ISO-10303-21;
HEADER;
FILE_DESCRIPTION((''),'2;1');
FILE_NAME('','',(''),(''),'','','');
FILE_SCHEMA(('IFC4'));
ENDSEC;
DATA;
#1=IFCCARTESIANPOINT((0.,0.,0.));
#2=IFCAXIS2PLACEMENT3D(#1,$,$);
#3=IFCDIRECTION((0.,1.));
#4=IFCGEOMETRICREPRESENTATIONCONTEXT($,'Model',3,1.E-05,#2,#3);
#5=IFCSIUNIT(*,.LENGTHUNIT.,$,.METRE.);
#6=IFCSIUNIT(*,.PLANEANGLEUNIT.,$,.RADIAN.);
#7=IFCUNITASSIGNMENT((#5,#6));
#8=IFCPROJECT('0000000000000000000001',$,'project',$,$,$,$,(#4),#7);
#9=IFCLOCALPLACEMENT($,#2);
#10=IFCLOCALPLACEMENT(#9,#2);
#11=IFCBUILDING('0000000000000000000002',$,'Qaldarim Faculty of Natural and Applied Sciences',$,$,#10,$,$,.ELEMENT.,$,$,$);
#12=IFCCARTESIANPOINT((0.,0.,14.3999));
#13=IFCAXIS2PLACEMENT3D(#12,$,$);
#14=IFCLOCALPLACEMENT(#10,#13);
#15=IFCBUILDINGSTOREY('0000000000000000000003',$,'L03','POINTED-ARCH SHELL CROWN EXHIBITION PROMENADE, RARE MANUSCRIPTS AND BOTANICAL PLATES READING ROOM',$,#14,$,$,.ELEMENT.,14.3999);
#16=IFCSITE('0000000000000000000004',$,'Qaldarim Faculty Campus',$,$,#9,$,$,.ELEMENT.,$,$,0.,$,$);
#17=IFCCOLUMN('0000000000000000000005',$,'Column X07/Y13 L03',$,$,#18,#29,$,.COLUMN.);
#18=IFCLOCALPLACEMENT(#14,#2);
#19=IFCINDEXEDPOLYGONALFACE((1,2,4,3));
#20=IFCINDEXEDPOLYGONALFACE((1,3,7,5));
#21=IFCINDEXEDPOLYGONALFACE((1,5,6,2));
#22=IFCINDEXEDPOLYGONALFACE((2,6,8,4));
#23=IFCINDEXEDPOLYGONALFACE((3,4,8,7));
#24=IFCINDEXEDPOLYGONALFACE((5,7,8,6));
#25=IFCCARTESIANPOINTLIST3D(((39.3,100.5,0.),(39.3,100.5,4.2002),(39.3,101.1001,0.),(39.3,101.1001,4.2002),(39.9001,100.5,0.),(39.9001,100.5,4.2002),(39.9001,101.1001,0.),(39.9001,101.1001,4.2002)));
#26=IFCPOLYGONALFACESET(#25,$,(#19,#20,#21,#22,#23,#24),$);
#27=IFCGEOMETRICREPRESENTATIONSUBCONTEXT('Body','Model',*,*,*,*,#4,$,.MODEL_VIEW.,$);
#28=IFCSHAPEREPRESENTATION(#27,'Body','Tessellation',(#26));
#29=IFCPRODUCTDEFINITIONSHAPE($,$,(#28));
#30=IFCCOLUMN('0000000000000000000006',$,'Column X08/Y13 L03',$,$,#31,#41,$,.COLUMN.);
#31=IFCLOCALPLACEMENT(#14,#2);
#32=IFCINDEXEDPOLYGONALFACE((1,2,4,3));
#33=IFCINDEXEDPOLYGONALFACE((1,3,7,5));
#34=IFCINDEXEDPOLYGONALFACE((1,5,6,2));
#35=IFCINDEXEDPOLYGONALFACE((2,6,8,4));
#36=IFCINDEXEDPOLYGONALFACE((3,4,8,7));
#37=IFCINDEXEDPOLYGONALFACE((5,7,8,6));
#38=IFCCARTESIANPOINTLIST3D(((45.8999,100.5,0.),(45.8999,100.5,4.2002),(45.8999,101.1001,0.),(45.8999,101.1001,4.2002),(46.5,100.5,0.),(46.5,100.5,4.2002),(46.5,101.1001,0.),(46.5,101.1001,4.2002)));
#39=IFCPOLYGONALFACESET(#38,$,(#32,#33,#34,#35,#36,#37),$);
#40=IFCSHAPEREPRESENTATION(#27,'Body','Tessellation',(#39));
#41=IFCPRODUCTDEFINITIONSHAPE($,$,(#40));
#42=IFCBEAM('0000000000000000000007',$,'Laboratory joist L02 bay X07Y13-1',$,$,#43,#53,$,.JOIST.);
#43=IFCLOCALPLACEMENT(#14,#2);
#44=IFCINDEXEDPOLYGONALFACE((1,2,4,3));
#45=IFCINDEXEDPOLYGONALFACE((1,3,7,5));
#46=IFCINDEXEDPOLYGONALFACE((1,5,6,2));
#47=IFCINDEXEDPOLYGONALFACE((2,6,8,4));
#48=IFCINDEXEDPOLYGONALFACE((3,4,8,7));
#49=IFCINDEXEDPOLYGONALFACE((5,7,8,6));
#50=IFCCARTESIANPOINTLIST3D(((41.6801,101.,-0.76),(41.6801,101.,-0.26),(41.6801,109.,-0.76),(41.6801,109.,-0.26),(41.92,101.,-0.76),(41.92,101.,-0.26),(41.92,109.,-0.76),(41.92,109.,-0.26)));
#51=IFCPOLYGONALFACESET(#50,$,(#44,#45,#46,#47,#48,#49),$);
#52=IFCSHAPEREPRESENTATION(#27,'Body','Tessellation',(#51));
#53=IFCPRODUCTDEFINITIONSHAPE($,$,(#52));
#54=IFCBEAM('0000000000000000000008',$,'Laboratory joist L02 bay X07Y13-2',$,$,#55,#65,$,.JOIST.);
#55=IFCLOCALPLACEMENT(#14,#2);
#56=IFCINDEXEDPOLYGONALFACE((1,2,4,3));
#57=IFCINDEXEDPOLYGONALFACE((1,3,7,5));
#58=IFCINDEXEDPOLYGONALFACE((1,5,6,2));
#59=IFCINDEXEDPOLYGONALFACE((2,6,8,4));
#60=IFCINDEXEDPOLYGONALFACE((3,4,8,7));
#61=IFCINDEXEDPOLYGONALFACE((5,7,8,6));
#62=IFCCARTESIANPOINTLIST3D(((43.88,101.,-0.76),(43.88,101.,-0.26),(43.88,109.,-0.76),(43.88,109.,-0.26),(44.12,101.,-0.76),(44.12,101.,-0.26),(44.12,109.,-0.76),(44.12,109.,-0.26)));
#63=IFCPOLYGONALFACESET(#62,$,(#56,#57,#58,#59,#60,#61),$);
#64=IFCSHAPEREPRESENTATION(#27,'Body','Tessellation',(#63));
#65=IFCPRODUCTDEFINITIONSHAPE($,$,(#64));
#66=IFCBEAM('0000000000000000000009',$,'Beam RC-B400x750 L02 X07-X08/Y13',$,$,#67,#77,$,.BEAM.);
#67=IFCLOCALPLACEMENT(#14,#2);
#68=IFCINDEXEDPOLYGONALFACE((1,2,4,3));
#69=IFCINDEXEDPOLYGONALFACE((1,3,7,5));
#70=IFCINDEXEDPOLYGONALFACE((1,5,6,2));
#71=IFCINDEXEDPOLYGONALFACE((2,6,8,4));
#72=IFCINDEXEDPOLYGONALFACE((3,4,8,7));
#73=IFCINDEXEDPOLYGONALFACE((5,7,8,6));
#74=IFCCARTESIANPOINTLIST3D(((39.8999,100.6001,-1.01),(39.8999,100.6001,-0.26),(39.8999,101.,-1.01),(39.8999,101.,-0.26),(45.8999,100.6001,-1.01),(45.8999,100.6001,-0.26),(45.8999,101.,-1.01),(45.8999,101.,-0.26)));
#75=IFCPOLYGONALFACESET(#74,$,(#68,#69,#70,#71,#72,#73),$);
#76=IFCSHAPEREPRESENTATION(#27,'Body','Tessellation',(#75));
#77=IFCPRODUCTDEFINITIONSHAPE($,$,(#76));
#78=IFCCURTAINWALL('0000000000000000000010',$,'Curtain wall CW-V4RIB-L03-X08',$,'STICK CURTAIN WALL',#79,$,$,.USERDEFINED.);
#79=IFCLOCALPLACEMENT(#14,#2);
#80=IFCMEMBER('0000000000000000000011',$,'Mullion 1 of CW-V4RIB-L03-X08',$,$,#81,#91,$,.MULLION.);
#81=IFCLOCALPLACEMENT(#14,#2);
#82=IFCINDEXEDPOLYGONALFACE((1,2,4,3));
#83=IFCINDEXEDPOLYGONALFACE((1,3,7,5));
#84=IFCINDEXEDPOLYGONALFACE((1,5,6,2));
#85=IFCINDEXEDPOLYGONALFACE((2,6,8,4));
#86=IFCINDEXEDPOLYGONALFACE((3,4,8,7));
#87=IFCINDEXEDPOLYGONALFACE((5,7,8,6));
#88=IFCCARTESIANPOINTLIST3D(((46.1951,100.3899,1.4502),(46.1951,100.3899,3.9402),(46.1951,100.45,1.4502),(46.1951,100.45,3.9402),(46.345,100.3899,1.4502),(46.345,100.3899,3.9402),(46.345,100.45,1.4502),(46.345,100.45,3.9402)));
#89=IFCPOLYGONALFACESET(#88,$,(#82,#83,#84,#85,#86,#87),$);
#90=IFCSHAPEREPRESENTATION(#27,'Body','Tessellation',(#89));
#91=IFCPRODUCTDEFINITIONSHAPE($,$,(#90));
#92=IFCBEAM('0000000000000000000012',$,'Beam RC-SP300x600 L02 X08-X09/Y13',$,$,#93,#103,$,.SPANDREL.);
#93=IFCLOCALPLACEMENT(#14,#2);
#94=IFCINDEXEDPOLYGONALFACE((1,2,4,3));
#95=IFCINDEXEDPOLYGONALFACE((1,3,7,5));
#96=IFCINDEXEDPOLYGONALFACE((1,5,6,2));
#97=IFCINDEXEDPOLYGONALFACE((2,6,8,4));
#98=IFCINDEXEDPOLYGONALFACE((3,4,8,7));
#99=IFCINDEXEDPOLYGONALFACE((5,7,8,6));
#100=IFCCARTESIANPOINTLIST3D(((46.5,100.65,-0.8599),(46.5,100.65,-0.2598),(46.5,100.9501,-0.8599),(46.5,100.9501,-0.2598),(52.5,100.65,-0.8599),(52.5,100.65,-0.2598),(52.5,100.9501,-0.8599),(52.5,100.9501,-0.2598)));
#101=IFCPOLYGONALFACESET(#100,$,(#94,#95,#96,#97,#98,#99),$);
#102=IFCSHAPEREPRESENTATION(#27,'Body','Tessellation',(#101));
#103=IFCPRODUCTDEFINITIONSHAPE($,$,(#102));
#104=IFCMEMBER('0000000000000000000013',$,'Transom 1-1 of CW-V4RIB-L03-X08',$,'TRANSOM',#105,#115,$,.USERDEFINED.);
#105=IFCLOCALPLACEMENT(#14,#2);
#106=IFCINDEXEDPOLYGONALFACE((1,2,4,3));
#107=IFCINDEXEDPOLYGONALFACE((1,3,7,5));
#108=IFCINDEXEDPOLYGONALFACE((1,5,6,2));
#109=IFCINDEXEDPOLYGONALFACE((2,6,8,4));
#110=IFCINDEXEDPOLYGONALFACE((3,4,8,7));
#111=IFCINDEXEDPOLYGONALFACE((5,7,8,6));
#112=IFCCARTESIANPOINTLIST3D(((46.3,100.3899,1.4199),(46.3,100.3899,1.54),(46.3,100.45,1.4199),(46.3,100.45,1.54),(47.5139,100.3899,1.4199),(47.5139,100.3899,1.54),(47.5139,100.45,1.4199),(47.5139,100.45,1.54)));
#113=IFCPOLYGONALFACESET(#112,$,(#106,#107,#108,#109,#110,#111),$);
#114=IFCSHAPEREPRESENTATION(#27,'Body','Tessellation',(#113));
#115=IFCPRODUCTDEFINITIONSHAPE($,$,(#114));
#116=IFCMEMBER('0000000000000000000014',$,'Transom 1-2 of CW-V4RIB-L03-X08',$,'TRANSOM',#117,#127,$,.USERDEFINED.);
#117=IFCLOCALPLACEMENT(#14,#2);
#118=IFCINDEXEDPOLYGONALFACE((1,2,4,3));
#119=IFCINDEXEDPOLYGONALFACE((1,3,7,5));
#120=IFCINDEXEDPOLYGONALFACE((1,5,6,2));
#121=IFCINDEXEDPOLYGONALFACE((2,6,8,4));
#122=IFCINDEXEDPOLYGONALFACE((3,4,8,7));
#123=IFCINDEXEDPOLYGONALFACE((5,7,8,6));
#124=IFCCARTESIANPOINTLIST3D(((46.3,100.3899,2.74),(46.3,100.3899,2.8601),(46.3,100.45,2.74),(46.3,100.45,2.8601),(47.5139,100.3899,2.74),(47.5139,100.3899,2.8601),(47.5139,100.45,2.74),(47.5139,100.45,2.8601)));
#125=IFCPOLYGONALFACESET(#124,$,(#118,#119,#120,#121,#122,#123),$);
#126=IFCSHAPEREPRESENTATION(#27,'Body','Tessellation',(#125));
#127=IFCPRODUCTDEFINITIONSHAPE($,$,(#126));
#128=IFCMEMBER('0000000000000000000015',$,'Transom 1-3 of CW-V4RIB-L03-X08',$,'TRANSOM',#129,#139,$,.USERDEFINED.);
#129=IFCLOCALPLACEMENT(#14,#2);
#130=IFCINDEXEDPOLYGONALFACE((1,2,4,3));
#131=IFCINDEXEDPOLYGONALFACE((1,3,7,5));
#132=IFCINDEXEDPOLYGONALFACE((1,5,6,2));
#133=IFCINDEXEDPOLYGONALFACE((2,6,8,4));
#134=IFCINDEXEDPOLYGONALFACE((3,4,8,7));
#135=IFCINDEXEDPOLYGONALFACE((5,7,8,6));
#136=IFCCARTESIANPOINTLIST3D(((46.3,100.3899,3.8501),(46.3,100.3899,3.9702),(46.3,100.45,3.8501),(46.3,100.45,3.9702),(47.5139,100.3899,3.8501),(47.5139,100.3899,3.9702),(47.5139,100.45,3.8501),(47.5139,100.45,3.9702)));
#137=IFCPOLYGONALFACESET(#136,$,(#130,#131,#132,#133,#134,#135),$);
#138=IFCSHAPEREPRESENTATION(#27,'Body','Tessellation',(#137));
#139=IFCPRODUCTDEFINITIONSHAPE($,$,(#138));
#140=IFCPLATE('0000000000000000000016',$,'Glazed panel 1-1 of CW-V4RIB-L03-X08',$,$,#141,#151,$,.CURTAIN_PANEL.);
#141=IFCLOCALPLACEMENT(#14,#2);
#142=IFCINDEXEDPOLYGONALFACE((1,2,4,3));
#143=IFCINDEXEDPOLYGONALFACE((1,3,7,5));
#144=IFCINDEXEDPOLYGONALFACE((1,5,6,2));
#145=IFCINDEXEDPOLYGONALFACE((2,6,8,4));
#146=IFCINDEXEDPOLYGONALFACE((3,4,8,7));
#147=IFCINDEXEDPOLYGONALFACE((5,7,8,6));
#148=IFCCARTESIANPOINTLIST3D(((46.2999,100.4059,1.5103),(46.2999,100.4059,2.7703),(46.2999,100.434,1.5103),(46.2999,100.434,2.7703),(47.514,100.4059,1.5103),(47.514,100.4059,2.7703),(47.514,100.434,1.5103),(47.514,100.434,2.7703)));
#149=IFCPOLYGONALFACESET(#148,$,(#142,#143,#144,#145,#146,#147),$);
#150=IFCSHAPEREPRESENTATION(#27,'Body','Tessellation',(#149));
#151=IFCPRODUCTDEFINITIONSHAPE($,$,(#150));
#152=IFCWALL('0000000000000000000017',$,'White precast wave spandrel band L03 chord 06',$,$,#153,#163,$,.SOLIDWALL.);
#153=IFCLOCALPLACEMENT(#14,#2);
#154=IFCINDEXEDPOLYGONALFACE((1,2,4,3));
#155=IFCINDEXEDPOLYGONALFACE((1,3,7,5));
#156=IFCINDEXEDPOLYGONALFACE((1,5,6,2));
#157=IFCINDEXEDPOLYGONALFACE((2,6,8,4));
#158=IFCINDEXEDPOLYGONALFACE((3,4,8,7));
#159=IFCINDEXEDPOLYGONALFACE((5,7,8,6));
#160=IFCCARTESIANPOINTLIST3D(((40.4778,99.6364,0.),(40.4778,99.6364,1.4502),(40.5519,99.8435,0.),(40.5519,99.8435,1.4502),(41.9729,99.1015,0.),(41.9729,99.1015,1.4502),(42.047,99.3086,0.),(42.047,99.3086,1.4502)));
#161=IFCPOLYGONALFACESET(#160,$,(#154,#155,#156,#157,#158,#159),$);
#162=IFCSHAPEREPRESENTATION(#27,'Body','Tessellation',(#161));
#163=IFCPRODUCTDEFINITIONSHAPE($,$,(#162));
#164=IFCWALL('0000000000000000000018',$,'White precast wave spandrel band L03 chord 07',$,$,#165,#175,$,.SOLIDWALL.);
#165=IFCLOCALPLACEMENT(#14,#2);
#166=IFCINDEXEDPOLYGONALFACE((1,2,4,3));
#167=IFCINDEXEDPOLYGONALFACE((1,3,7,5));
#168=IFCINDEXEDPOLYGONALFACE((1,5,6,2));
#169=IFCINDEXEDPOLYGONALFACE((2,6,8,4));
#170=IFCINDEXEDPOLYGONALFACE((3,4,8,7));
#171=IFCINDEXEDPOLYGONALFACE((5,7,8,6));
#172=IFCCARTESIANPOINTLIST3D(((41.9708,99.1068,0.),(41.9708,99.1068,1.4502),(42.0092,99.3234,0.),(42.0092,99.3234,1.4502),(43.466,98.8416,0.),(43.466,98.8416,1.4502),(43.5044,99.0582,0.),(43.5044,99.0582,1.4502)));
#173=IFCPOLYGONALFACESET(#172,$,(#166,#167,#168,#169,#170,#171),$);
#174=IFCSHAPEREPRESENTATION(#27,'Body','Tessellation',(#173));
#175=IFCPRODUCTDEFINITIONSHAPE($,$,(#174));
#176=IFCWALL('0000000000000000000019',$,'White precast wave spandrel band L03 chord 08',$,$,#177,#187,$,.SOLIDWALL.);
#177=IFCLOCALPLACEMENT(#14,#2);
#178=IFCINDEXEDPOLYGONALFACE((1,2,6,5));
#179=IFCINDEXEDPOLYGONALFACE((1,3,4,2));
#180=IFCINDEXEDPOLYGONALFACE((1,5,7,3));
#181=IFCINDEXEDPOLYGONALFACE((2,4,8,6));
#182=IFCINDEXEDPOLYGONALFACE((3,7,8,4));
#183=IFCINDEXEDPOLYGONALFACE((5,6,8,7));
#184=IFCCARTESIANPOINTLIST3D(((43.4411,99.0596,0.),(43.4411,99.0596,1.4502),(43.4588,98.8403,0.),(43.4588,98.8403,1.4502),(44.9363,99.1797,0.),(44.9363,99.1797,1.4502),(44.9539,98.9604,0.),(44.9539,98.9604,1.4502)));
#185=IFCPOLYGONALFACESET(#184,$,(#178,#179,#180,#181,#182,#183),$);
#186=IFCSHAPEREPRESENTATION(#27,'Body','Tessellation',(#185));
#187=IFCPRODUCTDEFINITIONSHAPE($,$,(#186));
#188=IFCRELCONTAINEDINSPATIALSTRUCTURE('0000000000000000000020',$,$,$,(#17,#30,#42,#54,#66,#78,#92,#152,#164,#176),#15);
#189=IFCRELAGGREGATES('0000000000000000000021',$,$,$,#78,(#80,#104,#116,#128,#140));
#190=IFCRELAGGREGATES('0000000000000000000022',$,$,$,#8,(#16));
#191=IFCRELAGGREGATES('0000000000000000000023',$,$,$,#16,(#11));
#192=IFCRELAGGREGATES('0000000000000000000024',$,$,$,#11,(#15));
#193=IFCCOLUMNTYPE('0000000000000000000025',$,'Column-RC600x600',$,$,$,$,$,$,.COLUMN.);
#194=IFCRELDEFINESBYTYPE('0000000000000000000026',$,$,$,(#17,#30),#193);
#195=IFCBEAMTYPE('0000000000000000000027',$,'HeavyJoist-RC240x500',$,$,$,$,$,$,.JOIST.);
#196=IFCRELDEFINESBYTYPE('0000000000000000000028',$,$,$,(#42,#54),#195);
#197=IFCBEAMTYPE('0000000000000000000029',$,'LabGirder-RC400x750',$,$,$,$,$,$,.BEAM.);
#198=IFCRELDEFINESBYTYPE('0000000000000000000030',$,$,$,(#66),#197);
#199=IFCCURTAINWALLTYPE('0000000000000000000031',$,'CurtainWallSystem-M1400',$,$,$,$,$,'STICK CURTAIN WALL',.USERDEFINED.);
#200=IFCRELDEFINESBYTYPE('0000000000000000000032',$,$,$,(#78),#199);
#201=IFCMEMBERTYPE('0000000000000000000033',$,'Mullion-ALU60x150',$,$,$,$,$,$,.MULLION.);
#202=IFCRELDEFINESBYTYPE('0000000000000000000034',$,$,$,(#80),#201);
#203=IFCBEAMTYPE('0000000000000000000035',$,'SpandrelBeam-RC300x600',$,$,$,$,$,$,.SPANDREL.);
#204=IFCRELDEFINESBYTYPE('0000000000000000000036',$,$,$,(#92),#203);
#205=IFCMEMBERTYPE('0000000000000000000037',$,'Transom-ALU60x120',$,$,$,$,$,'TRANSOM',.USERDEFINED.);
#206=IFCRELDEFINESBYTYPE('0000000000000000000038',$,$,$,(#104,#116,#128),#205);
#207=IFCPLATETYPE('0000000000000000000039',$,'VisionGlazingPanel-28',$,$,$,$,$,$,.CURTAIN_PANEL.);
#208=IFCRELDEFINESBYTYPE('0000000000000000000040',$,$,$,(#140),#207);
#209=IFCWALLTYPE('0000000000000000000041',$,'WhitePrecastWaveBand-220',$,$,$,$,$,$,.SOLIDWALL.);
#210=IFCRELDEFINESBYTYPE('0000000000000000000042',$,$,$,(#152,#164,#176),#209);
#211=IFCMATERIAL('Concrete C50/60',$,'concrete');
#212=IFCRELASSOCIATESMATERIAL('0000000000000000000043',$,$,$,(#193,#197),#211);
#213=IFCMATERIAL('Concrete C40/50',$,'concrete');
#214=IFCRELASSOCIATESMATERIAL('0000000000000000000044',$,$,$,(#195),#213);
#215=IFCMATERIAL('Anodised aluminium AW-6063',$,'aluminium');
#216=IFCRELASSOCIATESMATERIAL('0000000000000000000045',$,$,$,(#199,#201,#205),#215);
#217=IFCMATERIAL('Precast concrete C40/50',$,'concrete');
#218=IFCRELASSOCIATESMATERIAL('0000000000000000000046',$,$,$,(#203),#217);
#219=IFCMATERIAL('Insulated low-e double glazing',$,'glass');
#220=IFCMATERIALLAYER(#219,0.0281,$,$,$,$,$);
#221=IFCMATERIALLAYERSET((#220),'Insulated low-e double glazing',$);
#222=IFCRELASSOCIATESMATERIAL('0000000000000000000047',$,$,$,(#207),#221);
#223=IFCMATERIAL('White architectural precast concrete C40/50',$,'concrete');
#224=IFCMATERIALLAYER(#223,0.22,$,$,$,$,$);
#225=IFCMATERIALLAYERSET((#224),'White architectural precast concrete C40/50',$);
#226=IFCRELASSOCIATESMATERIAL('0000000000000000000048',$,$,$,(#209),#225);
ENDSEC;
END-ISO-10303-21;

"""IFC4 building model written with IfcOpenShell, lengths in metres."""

from ifc_helpers import new_model, si_unit, direction, frame, frame_2d, origin, origin_2d, place, context, subcontext, project, spatial, rectangle, extrude, material, layer, layer_set, material_profile, profile_set, type_object, element, aggregate, save


model = new_model("IFC4")

# Units and contexts
model_context = context("Model", 3, precision=1e-05, world=origin(), true_north=direction((0.0, 1.0)))
body_context = subcontext(model_context, "Body", "Model", "MODEL_VIEW")
ifc_project = project(units=[si_unit("LENGTHUNIT", "METRE"), si_unit("PLANEANGLEUNIT", "RADIAN")], contexts=[model_context])

# Site, building, storey
site_placement = place(None, origin())
site = spatial("IfcSite", under=ifc_project, at=site_placement, Name="Qaldarim Faculty Campus", CompositionType="ELEMENT", RefElevation=0.0)
building_placement = place(site_placement, origin())
building = spatial("IfcBuilding", under=site, at=building_placement, Name="Qaldarim Faculty of Natural and Applied Sciences", CompositionType="ELEMENT")
storey_placement = place(building_placement, frame((0.0, 0.0, 14.3999)))
storey = spatial("IfcBuildingStorey", under=building, at=storey_placement, Name="L03", Description="POINTED-ARCH SHELL CROWN EXHIBITION PROMENADE, RARE MANUSCRIPTS AND BOTANICAL PLATES READING ROOM", CompositionType="ELEMENT", Elevation=14.3999)

# Columns
ifc_material_1 = material(Name="Concrete C50/60", Category="concrete")
ifc_material_profile_1 = material_profile(ifc_material_1, rectangle(XDim=0.6001, YDim=0.6001, at=origin_2d()), Name="RC-C600x600")
ifc_profile_set_1 = profile_set([ifc_material_profile_1], Name="Concrete C50/60")
column_type = type_object("IfcColumnType", Name="Column-RC600x600", PredefinedType="COLUMN", material=ifc_profile_set_1)
for number, where, z_axis, x_axis, name in (
    (1, (39.6001, 100.8, 0.0), (0.0, 0.0, 1.0), (1.0, 0.0, 0.0), "Column X07/Y13 L03"),
    (2, (46.2, 100.8, 0.0), (0.0, 0.0, 1.0), (1.0, 0.0, 0.0), "Column X08/Y13 L03"),
):
    element("IfcColumn", number, at=place(storey_placement, frame(where, z_axis=z_axis, x_axis=x_axis)), inside=storey, type_object=column_type, Name=name, PredefinedType="COLUMN", context=body_context, shape_type="SweptSolid", body=[
        extrude(rectangle(XDim=0.6001, YDim=0.6001, at=origin_2d()), origin(), (0.0, 0.0, 1.0), 4.2002),
    ])

# Beams
ifc_material_2 = material(Name="Concrete C40/50", Category="concrete")
ifc_material_profile_2 = material_profile(ifc_material_2, rectangle(XDim=0.24, YDim=0.5, at=origin_2d()), Name="RC-J240x500")
ifc_profile_set_2 = profile_set([ifc_material_profile_2], Name="Concrete C40/50")
beam_type_1 = type_object("IfcBeamType", Name="HeavyJoist-RC240x500", PredefinedType="JOIST", material=ifc_profile_set_2)
for number, where, z_axis, x_axis, name in (
    (3, (41.8, 101.0, -0.51), (0.0, 1.0, 0.0), (-1.0, 0.0, 0.0), "Laboratory joist L02 bay X07Y13-1"),
    (4, (44.0, 101.0, -0.51), (0.0, 1.0, 0.0), (-1.0, 0.0, 0.0), "Laboratory joist L02 bay X07Y13-2"),
):
    element("IfcBeam", number, at=place(storey_placement, frame(where, z_axis=z_axis, x_axis=x_axis)), inside=storey, type_object=beam_type_1, Name=name, PredefinedType="JOIST", context=body_context, shape_type="SweptSolid", body=[
        extrude(rectangle(XDim=0.24, YDim=0.5, at=origin_2d()), origin(), (0.0, 0.0, 1.0), 8.0),
    ])
ifc_material_profile_3 = material_profile(ifc_material_1, rectangle(XDim=0.3999, YDim=0.75, at=origin_2d()), Name="RC-B400x750")
ifc_profile_set_3 = profile_set([ifc_material_profile_3], Name="Concrete C50/60")
beam_type_2 = type_object("IfcBeamType", Name="LabGirder-RC400x750", PredefinedType="BEAM", material=ifc_profile_set_3)
beam_1_placement = place(storey_placement, frame((39.8999, 100.8, -0.635), z_axis=(1.0, 0.0, 0.0), x_axis=(0.0, 1.0, 0.0)))
element("IfcBeam", 5, at=beam_1_placement, inside=storey, type_object=beam_type_2, Name="Beam RC-B400x750 L02 X07-X08/Y13", PredefinedType="BEAM", context=body_context, shape_type="SweptSolid", body=[
    extrude(rectangle(XDim=0.3999, YDim=0.75, at=origin_2d()), origin(), (0.0, 0.0, 1.0), 6.0),
])

# Curtain wall, member
ifc_material_3 = material(Name="Anodised aluminium AW-6063", Category="aluminium")
curtain_wall_type = type_object("IfcCurtainWallType", Name="CurtainWallSystem-M1400", ElementType="STICK CURTAIN WALL", PredefinedType="USERDEFINED", material=ifc_material_3)
curtain_wall_placement = place(storey_placement, origin())
curtain_wall = element("IfcCurtainWall", 6, at=curtain_wall_placement, inside=storey, type_object=curtain_wall_type, Name="Curtain wall CW-V4RIB-L03-X08", ObjectType="STICK CURTAIN WALL", PredefinedType="USERDEFINED")
ifc_material_profile_4 = material_profile(ifc_material_3, rectangle(XDim=0.0601, YDim=0.1499, at=origin_2d()), Name="ALU-M60x150")
ifc_profile_set_4 = profile_set([ifc_material_profile_4], Name="Anodised aluminium AW-6063")
member_type_1 = type_object("IfcMemberType", Name="Mullion-ALU60x150", PredefinedType="MULLION", material=ifc_profile_set_4)
member_1_placement = place(storey_placement, frame((46.27, 100.4199, 1.4502), z_axis=(0.0, 0.0, 1.0), x_axis=(0.0, 1.0, 0.0)))
member_1 = element("IfcMember", 7, at=member_1_placement, type_object=member_type_1, Name="Mullion 1 of CW-V4RIB-L03-X08", PredefinedType="MULLION", context=body_context, shape_type="SweptSolid", body=[
    extrude(rectangle(XDim=0.0601, YDim=0.1499, at=origin_2d()), origin(), (0.0, 0.0, 1.0), 2.49),
])

# Beam
ifc_material_4 = material(Name="Precast concrete C40/50", Category="concrete")
ifc_material_profile_5 = material_profile(ifc_material_4, rectangle(XDim=0.3, YDim=0.6001, at=origin_2d()), Name="RC-SP300x600")
ifc_profile_set_5 = profile_set([ifc_material_profile_5], Name="Precast concrete C40/50")
beam_type_3 = type_object("IfcBeamType", Name="SpandrelBeam-RC300x600", PredefinedType="SPANDREL", material=ifc_profile_set_5)
beam_2_placement = place(storey_placement, frame((46.5, 100.8, -0.5598), z_axis=(1.0, 0.0, 0.0), x_axis=(0.0, 1.0, 0.0)))
element("IfcBeam", 8, at=beam_2_placement, inside=storey, type_object=beam_type_3, Name="Beam RC-SP300x600 L02 X08-X09/Y13", PredefinedType="SPANDREL", context=body_context, shape_type="SweptSolid", body=[
    extrude(rectangle(XDim=0.3, YDim=0.6001, at=origin_2d()), origin(), (0.0, 0.0, 1.0), 6.0),
])

# Members
ifc_material_profile_6 = material_profile(ifc_material_3, rectangle(XDim=0.0601, YDim=0.1201, at=origin_2d()), Name="ALU-T60x120")
ifc_profile_set_6 = profile_set([ifc_material_profile_6], Name="Anodised aluminium AW-6063")
member_type_2 = type_object("IfcMemberType", Name="Transom-ALU60x120", ElementType="TRANSOM", PredefinedType="USERDEFINED", material=ifc_profile_set_6)
member_2_placement = place(storey_placement, frame((46.3, 100.4199, 1.48), z_axis=(1.0, 0.0, 0.0), x_axis=(0.0, 1.0, 0.0)))
member_2 = element("IfcMember", 9, at=member_2_placement, type_object=member_type_2, Name="Transom 1-1 of CW-V4RIB-L03-X08", ObjectType="TRANSOM", PredefinedType="USERDEFINED", context=body_context, shape_type="SweptSolid", body=[
    extrude(rectangle(XDim=0.0601, YDim=0.1201, at=origin_2d()), origin(), (0.0, 0.0, 1.0), 1.2139),
])
member_3_placement = place(storey_placement, frame((46.3, 100.4199, 2.8), z_axis=(1.0, 0.0, 0.0), x_axis=(0.0, 1.0, 0.0)))
member_3 = element("IfcMember", 10, at=member_3_placement, type_object=member_type_2, Name="Transom 1-2 of CW-V4RIB-L03-X08", ObjectType="TRANSOM", PredefinedType="USERDEFINED", context=body_context, shape_type="SweptSolid", body=[
    extrude(rectangle(XDim=0.0601, YDim=0.1201, at=origin_2d()), origin(), (0.0, 0.0, 1.0), 1.2139),
])
member_4_placement = place(storey_placement, frame((46.3, 100.4199, 3.9102), z_axis=(1.0, 0.0, 0.0), x_axis=(0.0, 1.0, 0.0)))
member_4 = element("IfcMember", 11, at=member_4_placement, type_object=member_type_2, Name="Transom 1-3 of CW-V4RIB-L03-X08", ObjectType="TRANSOM", PredefinedType="USERDEFINED", context=body_context, shape_type="SweptSolid", body=[
    extrude(rectangle(XDim=0.0601, YDim=0.1201, at=origin_2d()), origin(), (0.0, 0.0, 1.0), 1.2139),
])

# Plate
ifc_material_5 = material(Name="Insulated low-e double glazing", Category="glass")
ifc_layer_1 = layer(ifc_material_5, 0.0281)
ifc_layer_set_1 = layer_set([ifc_layer_1], Name="Insulated low-e double glazing")
plate_type = type_object("IfcPlateType", Name="VisionGlazingPanel-28", PredefinedType="CURTAIN_PANEL", material=ifc_layer_set_1)
plate_placement = place(storey_placement, frame((46.907, 100.4199, 1.5103), z_axis=(0.0, 0.0, 1.0), x_axis=(1.0, 0.0, 0.0)))
plate = element("IfcPlate", 12, at=plate_placement, type_object=plate_type, Name="Glazed panel 1-1 of CW-V4RIB-L03-X08", PredefinedType="CURTAIN_PANEL", context=body_context, shape_type="SweptSolid", body=[
    extrude(rectangle(XDim=1.2141, YDim=0.0281, at=origin_2d()), origin(), (0.0, 0.0, 1.0), 1.26),
])
aggregate(curtain_wall, [member_1, member_2, member_3, member_4, plate])

# Walls
ifc_material_6 = material(Name="White architectural precast concrete C40/50", Category="concrete")
ifc_layer_2 = layer(ifc_material_6, 0.22)
ifc_layer_set_2 = layer_set([ifc_layer_2], Name="White architectural precast concrete C40/50")
wall_type = type_object("IfcWallType", Name="WhitePrecastWaveBand-220", PredefinedType="SOLIDWALL", material=ifc_layer_set_2)
wall_1_placement = place(storey_placement, frame((40.5149, 99.74, 0.0), z_axis=(0.0, 0.0, 1.0), x_axis=(0.941554, -0.336862, 0.0)))
element("IfcWall", 13, at=wall_1_placement, inside=storey, type_object=wall_type, Name="White precast wave spandrel band L03 chord 06", PredefinedType="SOLIDWALL", context=body_context, shape_type="SweptSolid", body=[
    extrude(rectangle(XDim=1.5879, YDim=0.22, at=frame_2d((0.7939, 0.0))), origin(), (0.0, 0.0, 1.0), 1.4502),
])
wall_2_placement = place(storey_placement, frame((41.99, 99.2151, 0.0), z_axis=(0.0, 0.0, 1.0), x_axis=(0.984638, -0.174611, 0.0)))
element("IfcWall", 14, at=wall_2_placement, inside=storey, type_object=wall_type, Name="White precast wave spandrel band L03 chord 07", PredefinedType="SOLIDWALL", context=body_context, shape_type="SweptSolid", body=[
    extrude(rectangle(XDim=1.5186, YDim=0.22, at=frame_2d((0.7593, 0.0))), origin(), (0.0, 0.0, 1.0), 1.4502),
])
wall_3_placement = place(storey_placement, frame((43.45, 98.95, 0.0), z_axis=(0.0, 0.0, 1.0), x_axis=(0.996788, 0.080082, 0.0)))
element("IfcWall", 15, at=wall_3_placement, inside=storey, type_object=wall_type, Name="White precast wave spandrel band L03 chord 08", PredefinedType="SOLIDWALL", context=body_context, shape_type="SweptSolid", body=[
    extrude(rectangle(XDim=1.5, YDim=0.22, at=frame_2d((0.75, 0.0))), origin(), (0.0, 0.0, 1.0), 1.4502),
])

save(model, "model.ifc")
